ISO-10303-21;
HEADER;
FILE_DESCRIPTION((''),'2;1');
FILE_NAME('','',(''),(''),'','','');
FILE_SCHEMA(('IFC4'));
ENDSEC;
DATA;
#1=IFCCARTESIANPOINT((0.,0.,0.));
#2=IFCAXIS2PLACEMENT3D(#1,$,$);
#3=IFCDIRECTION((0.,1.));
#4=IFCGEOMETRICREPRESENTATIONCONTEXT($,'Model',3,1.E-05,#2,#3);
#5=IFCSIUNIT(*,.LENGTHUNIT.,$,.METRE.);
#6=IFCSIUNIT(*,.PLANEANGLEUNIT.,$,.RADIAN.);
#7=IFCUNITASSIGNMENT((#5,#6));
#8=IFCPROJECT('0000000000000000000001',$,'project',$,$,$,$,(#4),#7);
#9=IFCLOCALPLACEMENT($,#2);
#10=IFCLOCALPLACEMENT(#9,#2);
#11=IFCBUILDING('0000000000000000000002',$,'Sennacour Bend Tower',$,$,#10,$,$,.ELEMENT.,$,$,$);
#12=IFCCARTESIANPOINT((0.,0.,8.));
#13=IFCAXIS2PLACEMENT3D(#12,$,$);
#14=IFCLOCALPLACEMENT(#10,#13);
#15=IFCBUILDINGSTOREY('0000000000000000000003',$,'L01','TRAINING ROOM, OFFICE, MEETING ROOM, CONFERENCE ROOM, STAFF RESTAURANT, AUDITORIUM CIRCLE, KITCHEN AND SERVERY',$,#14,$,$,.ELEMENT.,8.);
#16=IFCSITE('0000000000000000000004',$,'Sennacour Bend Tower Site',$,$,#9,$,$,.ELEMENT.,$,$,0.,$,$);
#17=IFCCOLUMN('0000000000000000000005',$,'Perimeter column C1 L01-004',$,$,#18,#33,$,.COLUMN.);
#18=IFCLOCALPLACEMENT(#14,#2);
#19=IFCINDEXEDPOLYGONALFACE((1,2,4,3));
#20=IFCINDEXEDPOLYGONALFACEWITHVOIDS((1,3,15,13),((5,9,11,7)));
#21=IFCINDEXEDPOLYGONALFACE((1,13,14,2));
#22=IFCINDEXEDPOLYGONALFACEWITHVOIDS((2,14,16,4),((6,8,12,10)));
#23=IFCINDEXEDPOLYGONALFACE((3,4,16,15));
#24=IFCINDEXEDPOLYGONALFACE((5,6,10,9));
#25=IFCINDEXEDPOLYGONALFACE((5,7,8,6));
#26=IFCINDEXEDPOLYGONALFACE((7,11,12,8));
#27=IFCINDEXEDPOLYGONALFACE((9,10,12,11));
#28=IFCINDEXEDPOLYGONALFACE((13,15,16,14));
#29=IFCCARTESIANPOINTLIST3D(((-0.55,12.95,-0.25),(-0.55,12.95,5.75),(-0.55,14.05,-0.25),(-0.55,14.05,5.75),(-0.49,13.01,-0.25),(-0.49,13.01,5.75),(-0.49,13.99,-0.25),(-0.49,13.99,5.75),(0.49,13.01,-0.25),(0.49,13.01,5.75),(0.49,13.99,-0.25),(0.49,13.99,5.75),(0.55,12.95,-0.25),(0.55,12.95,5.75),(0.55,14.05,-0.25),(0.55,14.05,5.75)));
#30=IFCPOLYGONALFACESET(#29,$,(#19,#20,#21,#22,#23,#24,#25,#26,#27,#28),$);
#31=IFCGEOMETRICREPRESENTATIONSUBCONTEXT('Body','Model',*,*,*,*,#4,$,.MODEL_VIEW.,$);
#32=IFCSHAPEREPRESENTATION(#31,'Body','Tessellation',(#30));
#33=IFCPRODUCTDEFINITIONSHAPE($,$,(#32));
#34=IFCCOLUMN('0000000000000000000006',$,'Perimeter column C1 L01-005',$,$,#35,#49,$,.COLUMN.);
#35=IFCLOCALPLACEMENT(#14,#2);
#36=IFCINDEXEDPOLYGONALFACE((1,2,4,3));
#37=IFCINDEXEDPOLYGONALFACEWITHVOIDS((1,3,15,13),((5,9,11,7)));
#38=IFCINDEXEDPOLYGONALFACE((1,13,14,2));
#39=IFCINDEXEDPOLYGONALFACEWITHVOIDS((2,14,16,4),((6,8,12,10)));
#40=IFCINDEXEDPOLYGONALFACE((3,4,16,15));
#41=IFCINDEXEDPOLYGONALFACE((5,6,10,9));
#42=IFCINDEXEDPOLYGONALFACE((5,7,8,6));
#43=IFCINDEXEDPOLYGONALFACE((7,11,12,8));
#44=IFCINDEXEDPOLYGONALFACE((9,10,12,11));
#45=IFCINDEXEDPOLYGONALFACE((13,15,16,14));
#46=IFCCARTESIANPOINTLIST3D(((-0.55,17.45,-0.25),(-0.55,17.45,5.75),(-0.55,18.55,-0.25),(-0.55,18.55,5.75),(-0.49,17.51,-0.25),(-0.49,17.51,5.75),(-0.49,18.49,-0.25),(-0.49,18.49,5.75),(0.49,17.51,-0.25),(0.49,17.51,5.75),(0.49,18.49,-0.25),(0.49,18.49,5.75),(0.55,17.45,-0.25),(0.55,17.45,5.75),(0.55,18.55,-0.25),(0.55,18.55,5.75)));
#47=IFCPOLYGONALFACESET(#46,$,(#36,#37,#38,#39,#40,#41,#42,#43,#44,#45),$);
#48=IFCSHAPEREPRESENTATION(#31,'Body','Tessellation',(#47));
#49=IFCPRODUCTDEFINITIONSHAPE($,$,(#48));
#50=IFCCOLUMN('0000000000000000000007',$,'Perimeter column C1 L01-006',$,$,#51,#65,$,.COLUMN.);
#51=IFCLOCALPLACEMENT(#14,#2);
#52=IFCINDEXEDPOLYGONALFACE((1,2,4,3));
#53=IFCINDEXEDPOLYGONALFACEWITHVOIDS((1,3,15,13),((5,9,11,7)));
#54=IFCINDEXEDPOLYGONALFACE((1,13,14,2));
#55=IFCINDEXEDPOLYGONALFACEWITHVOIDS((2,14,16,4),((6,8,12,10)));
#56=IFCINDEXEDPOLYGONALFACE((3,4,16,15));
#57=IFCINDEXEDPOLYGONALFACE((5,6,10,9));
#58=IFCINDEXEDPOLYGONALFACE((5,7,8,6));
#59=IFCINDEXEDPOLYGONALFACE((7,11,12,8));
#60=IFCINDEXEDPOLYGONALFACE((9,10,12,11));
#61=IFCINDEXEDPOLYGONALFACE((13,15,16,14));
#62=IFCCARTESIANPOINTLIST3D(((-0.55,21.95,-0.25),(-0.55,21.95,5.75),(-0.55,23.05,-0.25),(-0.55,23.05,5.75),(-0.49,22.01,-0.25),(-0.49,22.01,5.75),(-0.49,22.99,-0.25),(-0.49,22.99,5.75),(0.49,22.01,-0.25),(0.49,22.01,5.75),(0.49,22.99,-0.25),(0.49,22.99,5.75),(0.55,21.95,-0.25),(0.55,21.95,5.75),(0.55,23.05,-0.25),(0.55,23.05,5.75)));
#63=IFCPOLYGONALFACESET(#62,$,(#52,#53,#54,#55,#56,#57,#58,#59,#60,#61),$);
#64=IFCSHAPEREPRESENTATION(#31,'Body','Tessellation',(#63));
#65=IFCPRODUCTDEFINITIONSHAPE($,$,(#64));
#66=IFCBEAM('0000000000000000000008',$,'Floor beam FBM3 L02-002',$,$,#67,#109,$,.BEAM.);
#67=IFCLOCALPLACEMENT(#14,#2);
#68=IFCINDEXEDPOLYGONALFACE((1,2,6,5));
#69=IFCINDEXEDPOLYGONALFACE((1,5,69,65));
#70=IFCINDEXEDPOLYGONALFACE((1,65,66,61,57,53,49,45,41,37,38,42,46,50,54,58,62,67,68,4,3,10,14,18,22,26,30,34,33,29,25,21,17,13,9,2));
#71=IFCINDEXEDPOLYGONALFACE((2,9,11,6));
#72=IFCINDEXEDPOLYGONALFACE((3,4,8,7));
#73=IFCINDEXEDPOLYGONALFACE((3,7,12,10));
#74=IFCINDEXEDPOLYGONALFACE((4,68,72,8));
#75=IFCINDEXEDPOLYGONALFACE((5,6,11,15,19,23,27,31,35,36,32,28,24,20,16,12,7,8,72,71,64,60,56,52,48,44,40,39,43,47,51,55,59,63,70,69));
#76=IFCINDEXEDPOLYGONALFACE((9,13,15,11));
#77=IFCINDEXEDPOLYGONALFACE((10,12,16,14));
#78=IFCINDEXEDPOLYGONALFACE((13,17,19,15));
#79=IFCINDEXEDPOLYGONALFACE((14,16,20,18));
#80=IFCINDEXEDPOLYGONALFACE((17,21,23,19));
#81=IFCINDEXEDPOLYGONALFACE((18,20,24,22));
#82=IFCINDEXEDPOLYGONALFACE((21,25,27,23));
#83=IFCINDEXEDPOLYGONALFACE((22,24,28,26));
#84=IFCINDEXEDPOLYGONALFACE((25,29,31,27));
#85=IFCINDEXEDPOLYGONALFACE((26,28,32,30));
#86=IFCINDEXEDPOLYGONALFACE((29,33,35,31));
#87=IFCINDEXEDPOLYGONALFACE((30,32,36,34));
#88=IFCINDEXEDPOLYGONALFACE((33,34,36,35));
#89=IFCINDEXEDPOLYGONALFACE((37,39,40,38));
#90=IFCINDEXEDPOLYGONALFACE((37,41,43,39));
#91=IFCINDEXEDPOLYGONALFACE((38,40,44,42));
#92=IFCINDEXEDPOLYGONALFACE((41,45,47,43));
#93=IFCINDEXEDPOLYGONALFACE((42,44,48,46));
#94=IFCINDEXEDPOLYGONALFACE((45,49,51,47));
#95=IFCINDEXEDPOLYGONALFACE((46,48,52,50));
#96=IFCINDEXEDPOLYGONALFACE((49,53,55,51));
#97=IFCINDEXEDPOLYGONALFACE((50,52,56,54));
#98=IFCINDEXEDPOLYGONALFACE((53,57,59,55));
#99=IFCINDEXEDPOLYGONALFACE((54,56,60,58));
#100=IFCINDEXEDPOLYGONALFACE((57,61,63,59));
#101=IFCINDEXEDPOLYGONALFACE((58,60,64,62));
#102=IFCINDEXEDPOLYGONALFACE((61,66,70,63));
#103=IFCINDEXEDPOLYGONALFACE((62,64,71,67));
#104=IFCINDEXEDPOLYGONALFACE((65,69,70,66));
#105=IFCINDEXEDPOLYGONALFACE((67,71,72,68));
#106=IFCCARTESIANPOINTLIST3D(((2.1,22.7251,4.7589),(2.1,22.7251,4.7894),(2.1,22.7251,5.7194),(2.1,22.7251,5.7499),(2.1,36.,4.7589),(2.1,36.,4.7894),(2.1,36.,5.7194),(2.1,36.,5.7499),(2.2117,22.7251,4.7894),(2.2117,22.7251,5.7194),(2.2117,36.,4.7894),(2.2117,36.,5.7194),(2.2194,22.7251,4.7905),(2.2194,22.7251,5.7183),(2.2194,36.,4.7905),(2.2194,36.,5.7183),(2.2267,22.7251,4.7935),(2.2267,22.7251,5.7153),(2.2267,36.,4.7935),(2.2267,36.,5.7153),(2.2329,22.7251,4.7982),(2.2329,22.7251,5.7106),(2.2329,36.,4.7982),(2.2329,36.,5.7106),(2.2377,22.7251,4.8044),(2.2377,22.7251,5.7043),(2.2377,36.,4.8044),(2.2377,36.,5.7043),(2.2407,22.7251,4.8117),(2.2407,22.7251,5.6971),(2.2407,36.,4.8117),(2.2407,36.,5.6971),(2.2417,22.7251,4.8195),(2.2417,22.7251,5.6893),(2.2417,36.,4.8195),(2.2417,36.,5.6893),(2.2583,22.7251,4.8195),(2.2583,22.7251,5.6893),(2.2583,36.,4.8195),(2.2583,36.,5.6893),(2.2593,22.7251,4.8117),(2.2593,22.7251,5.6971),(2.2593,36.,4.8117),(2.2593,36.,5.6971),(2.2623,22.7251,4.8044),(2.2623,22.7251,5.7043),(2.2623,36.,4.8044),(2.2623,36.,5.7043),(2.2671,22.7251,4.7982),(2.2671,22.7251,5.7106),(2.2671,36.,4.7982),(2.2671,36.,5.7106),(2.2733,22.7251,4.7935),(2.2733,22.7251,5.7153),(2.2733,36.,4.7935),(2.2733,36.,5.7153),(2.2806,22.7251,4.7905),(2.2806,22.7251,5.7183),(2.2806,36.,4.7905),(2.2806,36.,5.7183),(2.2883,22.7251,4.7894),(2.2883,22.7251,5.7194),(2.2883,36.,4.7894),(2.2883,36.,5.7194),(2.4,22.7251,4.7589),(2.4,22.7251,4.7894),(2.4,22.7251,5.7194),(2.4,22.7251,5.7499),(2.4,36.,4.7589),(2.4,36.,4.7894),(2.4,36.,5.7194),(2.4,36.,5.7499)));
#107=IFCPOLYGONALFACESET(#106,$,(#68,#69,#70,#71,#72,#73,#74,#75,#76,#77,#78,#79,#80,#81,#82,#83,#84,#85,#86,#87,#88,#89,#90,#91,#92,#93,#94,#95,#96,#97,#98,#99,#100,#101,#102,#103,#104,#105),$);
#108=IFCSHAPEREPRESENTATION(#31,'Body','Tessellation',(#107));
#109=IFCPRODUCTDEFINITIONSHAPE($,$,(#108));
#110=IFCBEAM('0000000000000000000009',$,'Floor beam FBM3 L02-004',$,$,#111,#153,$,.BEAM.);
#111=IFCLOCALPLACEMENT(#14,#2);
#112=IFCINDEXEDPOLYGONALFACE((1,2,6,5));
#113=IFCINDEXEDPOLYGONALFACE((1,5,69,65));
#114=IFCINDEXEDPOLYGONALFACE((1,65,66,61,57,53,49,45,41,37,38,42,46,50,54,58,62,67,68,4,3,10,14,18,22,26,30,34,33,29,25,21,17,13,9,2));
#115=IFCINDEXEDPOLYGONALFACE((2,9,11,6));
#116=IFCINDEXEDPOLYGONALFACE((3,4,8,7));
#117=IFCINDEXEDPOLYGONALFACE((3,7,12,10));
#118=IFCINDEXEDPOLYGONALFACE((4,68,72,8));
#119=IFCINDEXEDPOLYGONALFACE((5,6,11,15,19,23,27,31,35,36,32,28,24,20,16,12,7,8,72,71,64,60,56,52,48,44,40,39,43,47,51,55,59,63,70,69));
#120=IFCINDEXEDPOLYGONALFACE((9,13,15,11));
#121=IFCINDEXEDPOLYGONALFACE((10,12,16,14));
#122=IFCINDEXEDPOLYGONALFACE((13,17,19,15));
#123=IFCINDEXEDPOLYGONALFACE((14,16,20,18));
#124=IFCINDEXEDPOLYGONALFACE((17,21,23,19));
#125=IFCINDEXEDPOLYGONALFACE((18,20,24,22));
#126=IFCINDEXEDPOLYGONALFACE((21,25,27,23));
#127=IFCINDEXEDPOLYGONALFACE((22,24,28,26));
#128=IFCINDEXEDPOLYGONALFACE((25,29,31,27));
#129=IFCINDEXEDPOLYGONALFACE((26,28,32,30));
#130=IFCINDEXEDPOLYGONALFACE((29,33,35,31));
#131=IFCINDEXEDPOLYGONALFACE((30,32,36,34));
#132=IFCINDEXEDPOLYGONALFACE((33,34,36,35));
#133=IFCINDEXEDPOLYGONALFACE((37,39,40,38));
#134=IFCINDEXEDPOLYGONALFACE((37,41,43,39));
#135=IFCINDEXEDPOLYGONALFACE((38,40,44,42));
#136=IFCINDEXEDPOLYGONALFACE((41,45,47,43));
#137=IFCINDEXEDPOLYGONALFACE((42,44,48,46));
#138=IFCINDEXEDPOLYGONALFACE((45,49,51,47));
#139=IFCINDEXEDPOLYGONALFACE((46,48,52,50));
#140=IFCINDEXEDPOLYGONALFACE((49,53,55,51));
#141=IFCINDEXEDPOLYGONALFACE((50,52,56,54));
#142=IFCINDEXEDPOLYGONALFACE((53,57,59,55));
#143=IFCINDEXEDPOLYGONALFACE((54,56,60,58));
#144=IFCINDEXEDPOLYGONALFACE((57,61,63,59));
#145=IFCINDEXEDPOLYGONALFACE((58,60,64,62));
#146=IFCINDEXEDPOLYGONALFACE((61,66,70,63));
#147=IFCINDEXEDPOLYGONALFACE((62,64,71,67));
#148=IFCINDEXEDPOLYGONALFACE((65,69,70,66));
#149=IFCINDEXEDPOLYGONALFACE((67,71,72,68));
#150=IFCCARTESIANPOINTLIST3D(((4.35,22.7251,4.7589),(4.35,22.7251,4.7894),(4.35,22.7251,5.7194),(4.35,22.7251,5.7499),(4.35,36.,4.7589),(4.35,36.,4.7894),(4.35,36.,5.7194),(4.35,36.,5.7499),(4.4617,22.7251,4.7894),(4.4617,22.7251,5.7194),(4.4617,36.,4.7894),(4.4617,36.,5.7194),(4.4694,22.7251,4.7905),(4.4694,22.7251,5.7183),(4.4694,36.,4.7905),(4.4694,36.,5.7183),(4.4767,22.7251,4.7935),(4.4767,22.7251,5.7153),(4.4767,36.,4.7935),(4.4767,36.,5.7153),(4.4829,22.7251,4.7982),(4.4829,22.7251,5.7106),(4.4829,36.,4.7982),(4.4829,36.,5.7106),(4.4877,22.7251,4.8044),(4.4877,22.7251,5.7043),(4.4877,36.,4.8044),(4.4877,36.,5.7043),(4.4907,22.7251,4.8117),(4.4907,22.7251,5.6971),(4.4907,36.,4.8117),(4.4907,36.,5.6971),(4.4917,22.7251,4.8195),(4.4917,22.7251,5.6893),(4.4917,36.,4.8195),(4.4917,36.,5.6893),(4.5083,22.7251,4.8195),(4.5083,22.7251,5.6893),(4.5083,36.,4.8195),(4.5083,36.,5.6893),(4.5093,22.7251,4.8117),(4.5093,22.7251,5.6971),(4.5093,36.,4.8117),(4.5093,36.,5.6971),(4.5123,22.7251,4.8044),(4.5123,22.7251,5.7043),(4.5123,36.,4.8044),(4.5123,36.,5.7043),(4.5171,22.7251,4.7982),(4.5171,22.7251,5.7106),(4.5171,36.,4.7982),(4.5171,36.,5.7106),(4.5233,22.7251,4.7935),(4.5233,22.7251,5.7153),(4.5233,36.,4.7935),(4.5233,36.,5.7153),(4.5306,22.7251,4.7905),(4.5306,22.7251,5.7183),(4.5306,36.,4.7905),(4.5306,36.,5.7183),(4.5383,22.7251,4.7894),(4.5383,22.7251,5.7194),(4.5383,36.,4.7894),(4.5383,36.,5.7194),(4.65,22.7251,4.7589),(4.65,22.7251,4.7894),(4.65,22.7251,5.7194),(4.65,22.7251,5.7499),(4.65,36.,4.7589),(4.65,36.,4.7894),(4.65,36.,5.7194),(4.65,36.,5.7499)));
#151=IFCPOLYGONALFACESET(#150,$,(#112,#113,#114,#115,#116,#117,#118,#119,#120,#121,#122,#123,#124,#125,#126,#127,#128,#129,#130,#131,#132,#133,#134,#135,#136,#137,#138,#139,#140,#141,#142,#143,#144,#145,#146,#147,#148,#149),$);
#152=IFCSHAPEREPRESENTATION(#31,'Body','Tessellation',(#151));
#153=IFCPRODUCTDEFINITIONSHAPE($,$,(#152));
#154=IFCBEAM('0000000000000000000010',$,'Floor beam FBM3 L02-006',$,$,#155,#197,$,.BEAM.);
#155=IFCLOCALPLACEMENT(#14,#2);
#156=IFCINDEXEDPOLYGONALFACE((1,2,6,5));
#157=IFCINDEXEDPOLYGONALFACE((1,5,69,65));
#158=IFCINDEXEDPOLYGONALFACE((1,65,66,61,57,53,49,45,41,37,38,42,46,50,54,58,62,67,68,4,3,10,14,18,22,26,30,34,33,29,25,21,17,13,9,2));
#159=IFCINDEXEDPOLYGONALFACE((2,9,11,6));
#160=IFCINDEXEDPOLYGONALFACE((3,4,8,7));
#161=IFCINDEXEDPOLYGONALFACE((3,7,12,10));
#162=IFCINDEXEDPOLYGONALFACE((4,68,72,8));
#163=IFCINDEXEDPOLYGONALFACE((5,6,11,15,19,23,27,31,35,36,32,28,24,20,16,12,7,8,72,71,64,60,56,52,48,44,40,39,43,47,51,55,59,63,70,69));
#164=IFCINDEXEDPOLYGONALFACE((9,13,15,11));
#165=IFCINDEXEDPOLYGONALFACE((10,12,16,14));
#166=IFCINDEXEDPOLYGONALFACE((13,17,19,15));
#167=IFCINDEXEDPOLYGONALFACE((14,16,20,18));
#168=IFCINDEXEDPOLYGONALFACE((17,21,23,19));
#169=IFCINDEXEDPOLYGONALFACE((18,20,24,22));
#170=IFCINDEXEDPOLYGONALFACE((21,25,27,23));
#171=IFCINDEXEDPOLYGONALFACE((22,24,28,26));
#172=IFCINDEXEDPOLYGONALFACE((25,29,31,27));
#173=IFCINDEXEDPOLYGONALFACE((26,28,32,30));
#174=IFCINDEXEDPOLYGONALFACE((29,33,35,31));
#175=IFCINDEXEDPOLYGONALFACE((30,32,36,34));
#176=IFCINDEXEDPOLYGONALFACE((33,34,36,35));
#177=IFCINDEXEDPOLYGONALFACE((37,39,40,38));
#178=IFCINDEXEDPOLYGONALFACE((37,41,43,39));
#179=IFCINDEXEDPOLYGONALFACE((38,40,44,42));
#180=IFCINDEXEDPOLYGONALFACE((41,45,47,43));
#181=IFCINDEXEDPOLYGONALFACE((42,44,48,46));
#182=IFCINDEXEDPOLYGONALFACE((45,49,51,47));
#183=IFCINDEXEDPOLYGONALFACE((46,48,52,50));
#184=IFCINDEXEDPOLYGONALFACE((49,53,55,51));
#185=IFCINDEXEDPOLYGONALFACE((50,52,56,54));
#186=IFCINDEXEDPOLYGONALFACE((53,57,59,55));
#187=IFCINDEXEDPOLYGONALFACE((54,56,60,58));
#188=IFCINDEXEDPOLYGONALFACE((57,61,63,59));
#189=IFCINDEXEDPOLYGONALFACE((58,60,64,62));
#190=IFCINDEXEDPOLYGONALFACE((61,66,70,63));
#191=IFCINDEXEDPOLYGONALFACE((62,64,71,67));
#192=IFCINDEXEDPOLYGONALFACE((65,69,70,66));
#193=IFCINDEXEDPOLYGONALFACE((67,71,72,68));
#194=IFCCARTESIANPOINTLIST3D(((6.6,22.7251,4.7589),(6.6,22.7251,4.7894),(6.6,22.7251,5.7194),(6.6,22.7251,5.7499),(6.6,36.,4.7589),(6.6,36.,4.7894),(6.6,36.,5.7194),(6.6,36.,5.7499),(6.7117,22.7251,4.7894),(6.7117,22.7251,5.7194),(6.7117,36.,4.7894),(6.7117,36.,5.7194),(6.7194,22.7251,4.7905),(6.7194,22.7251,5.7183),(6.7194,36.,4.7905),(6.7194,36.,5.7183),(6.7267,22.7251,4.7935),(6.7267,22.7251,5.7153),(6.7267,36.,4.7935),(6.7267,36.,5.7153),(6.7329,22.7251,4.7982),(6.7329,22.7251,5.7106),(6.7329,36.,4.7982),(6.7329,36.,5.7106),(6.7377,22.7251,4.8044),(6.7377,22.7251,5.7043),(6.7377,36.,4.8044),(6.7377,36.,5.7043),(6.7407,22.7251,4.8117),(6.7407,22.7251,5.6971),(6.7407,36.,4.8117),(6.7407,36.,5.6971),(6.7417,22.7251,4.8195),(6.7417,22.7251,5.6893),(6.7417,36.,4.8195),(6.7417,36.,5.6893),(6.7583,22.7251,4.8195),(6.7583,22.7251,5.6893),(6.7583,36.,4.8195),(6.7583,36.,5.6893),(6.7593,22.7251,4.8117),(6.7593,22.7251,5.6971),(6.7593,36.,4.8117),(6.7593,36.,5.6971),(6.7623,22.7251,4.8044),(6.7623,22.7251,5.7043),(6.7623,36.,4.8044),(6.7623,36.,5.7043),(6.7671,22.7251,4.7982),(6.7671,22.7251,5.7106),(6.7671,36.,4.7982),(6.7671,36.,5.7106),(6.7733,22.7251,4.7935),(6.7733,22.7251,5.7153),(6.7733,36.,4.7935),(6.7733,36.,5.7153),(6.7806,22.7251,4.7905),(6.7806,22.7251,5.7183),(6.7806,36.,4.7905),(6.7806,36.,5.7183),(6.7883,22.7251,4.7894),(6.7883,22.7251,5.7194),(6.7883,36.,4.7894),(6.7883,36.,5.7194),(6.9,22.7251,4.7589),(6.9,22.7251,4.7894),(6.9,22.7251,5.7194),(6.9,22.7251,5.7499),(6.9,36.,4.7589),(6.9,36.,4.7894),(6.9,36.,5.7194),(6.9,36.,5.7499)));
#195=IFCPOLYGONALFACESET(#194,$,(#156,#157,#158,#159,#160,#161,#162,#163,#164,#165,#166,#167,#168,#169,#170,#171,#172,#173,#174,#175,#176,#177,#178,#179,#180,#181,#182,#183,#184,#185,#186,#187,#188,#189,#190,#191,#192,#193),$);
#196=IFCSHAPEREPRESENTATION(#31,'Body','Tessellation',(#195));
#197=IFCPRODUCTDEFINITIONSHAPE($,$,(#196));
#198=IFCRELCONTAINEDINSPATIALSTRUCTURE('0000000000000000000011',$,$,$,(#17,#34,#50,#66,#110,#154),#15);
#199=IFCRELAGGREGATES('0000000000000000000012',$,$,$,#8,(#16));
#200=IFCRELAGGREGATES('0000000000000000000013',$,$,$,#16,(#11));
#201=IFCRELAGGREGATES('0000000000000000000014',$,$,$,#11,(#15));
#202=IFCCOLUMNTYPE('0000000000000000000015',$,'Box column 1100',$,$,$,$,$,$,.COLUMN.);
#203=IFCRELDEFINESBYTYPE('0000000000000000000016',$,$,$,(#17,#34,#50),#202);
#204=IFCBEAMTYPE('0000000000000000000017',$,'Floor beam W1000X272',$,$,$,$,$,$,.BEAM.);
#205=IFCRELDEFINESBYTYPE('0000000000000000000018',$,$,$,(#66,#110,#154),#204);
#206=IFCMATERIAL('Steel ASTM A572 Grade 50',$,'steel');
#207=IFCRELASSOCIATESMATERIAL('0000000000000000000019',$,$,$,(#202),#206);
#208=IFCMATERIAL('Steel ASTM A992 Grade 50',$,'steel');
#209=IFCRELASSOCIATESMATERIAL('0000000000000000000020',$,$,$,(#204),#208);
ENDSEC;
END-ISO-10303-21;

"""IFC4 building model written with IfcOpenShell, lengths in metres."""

from ifc_helpers import new_model, si_unit, direction, frame, origin, origin_2d, place, context, subcontext, project, spatial, hollow_rectangle, i_section, extrude, material, material_profile, profile_set, type_object, element, save


model = new_model("IFC4")

# Units and contexts
model_context = context("Model", 3, precision=1e-05, world=origin(), true_north=direction((0.0, 1.0)))
body_context = subcontext(model_context, "Body", "Model", "MODEL_VIEW")
ifc_project = project(units=[si_unit("LENGTHUNIT", "METRE"), si_unit("PLANEANGLEUNIT", "RADIAN")], contexts=[model_context])

# Site, building, storey
site_placement = place(None, origin())
site = spatial("IfcSite", under=ifc_project, at=site_placement, Name="Sennacour Bend Tower Site", CompositionType="ELEMENT", RefElevation=0.0)
building_placement = place(site_placement, origin())
building = spatial("IfcBuilding", under=site, at=building_placement, Name="Sennacour Bend Tower", CompositionType="ELEMENT")
storey_placement = place(building_placement, frame((0.0, 0.0, 8.0)))
storey = spatial("IfcBuildingStorey", under=building, at=storey_placement, Name="L01", Description="TRAINING ROOM, OFFICE, MEETING ROOM, CONFERENCE ROOM, STAFF RESTAURANT, AUDITORIUM CIRCLE, KITCHEN AND SERVERY", CompositionType="ELEMENT", Elevation=8.0)

# Columns
ifc_material_1 = material(Name="Steel ASTM A572 Grade 50", Category="steel")
ifc_material_profile_1 = material_profile(ifc_material_1, hollow_rectangle(XDim=1.1001, YDim=1.1001, WallThickness=0.0601, at=origin_2d()), Name="Steel ASTM A572 Grade 50", Category="steel")
ifc_profile_set_1 = profile_set([ifc_material_profile_1], Name="Steel ASTM A572 Grade 50")
column_type = type_object("IfcColumnType", Name="Box column 1100", PredefinedType="COLUMN", material=ifc_profile_set_1)
for number, where, z_axis, x_axis, name in (
    (1, (0.0, 13.5, -0.25), (0.0, 0.0, 1.0), (1.0, 0.0, 0.0), "Perimeter column C1 L01-004"),
    (2, (0.0, 18.0, -0.25), (0.0, 0.0, 1.0), (1.0, 0.0, 0.0), "Perimeter column C1 L01-005"),
    (3, (0.0, 22.5, -0.25), (0.0, 0.0, 1.0), (1.0, 0.0, 0.0), "Perimeter column C1 L01-006"),
):
    element("IfcColumn", number, at=place(storey_placement, frame(where, z_axis=z_axis, x_axis=x_axis)), inside=storey, type_object=column_type, Name=name, PredefinedType="COLUMN", context=body_context, shape_type="SweptSolid", body=[
        extrude(hollow_rectangle(XDim=1.1001, YDim=1.1001, WallThickness=0.0601, at=origin_2d()), origin(), (0.0, 0.0, 1.0), 6.0),
    ])

# Beams
ifc_material_2 = material(Name="Steel ASTM A992 Grade 50", Category="steel")
ifc_material_profile_2 = material_profile(ifc_material_2, i_section(OverallWidth=0.3, OverallDepth=0.991, WebThickness=0.0166, FlangeThickness=0.0305, FilletRadius=0.03, at=origin_2d()), Name="Steel ASTM A992 Grade 50", Category="steel")
ifc_profile_set_2 = profile_set([ifc_material_profile_2], Name="Steel ASTM A992 Grade 50")
beam_type_1 = type_object("IfcBeamType", Name="Floor beam W1000X272", PredefinedType="BEAM", material=ifc_profile_set_2)
for number, where, z_axis, x_axis, name in (
    (4, (2.25, 22.7251, 5.2544), (0.0, 1.0, 0.0), (-1.0, 0.0, 0.0), "Floor beam FBM3 L02-002"),
    (5, (4.5, 22.7251, 5.2544), (0.0, 1.0, 0.0), (-1.0, 0.0, 0.0), "Floor beam FBM3 L02-004"),
    (6, (6.75, 22.7251, 5.2544), (0.0, 1.0, 0.0), (-1.0, 0.0, 0.0), "Floor beam FBM3 L02-006"),
):
    element("IfcBeam", number, at=place(storey_placement, frame(where, z_axis=z_axis, x_axis=x_axis)), inside=storey, type_object=beam_type_1, Name=name, PredefinedType="BEAM", context=body_context, shape_type="SweptSolid", body=[
        extrude(i_section(OverallWidth=0.3, OverallDepth=0.991, WebThickness=0.0166, FlangeThickness=0.0305, FilletRadius=0.03, at=origin_2d()), origin(), (0.0, 0.0, 1.0), 13.2749),
    ])

save(model, "model.ifc")
